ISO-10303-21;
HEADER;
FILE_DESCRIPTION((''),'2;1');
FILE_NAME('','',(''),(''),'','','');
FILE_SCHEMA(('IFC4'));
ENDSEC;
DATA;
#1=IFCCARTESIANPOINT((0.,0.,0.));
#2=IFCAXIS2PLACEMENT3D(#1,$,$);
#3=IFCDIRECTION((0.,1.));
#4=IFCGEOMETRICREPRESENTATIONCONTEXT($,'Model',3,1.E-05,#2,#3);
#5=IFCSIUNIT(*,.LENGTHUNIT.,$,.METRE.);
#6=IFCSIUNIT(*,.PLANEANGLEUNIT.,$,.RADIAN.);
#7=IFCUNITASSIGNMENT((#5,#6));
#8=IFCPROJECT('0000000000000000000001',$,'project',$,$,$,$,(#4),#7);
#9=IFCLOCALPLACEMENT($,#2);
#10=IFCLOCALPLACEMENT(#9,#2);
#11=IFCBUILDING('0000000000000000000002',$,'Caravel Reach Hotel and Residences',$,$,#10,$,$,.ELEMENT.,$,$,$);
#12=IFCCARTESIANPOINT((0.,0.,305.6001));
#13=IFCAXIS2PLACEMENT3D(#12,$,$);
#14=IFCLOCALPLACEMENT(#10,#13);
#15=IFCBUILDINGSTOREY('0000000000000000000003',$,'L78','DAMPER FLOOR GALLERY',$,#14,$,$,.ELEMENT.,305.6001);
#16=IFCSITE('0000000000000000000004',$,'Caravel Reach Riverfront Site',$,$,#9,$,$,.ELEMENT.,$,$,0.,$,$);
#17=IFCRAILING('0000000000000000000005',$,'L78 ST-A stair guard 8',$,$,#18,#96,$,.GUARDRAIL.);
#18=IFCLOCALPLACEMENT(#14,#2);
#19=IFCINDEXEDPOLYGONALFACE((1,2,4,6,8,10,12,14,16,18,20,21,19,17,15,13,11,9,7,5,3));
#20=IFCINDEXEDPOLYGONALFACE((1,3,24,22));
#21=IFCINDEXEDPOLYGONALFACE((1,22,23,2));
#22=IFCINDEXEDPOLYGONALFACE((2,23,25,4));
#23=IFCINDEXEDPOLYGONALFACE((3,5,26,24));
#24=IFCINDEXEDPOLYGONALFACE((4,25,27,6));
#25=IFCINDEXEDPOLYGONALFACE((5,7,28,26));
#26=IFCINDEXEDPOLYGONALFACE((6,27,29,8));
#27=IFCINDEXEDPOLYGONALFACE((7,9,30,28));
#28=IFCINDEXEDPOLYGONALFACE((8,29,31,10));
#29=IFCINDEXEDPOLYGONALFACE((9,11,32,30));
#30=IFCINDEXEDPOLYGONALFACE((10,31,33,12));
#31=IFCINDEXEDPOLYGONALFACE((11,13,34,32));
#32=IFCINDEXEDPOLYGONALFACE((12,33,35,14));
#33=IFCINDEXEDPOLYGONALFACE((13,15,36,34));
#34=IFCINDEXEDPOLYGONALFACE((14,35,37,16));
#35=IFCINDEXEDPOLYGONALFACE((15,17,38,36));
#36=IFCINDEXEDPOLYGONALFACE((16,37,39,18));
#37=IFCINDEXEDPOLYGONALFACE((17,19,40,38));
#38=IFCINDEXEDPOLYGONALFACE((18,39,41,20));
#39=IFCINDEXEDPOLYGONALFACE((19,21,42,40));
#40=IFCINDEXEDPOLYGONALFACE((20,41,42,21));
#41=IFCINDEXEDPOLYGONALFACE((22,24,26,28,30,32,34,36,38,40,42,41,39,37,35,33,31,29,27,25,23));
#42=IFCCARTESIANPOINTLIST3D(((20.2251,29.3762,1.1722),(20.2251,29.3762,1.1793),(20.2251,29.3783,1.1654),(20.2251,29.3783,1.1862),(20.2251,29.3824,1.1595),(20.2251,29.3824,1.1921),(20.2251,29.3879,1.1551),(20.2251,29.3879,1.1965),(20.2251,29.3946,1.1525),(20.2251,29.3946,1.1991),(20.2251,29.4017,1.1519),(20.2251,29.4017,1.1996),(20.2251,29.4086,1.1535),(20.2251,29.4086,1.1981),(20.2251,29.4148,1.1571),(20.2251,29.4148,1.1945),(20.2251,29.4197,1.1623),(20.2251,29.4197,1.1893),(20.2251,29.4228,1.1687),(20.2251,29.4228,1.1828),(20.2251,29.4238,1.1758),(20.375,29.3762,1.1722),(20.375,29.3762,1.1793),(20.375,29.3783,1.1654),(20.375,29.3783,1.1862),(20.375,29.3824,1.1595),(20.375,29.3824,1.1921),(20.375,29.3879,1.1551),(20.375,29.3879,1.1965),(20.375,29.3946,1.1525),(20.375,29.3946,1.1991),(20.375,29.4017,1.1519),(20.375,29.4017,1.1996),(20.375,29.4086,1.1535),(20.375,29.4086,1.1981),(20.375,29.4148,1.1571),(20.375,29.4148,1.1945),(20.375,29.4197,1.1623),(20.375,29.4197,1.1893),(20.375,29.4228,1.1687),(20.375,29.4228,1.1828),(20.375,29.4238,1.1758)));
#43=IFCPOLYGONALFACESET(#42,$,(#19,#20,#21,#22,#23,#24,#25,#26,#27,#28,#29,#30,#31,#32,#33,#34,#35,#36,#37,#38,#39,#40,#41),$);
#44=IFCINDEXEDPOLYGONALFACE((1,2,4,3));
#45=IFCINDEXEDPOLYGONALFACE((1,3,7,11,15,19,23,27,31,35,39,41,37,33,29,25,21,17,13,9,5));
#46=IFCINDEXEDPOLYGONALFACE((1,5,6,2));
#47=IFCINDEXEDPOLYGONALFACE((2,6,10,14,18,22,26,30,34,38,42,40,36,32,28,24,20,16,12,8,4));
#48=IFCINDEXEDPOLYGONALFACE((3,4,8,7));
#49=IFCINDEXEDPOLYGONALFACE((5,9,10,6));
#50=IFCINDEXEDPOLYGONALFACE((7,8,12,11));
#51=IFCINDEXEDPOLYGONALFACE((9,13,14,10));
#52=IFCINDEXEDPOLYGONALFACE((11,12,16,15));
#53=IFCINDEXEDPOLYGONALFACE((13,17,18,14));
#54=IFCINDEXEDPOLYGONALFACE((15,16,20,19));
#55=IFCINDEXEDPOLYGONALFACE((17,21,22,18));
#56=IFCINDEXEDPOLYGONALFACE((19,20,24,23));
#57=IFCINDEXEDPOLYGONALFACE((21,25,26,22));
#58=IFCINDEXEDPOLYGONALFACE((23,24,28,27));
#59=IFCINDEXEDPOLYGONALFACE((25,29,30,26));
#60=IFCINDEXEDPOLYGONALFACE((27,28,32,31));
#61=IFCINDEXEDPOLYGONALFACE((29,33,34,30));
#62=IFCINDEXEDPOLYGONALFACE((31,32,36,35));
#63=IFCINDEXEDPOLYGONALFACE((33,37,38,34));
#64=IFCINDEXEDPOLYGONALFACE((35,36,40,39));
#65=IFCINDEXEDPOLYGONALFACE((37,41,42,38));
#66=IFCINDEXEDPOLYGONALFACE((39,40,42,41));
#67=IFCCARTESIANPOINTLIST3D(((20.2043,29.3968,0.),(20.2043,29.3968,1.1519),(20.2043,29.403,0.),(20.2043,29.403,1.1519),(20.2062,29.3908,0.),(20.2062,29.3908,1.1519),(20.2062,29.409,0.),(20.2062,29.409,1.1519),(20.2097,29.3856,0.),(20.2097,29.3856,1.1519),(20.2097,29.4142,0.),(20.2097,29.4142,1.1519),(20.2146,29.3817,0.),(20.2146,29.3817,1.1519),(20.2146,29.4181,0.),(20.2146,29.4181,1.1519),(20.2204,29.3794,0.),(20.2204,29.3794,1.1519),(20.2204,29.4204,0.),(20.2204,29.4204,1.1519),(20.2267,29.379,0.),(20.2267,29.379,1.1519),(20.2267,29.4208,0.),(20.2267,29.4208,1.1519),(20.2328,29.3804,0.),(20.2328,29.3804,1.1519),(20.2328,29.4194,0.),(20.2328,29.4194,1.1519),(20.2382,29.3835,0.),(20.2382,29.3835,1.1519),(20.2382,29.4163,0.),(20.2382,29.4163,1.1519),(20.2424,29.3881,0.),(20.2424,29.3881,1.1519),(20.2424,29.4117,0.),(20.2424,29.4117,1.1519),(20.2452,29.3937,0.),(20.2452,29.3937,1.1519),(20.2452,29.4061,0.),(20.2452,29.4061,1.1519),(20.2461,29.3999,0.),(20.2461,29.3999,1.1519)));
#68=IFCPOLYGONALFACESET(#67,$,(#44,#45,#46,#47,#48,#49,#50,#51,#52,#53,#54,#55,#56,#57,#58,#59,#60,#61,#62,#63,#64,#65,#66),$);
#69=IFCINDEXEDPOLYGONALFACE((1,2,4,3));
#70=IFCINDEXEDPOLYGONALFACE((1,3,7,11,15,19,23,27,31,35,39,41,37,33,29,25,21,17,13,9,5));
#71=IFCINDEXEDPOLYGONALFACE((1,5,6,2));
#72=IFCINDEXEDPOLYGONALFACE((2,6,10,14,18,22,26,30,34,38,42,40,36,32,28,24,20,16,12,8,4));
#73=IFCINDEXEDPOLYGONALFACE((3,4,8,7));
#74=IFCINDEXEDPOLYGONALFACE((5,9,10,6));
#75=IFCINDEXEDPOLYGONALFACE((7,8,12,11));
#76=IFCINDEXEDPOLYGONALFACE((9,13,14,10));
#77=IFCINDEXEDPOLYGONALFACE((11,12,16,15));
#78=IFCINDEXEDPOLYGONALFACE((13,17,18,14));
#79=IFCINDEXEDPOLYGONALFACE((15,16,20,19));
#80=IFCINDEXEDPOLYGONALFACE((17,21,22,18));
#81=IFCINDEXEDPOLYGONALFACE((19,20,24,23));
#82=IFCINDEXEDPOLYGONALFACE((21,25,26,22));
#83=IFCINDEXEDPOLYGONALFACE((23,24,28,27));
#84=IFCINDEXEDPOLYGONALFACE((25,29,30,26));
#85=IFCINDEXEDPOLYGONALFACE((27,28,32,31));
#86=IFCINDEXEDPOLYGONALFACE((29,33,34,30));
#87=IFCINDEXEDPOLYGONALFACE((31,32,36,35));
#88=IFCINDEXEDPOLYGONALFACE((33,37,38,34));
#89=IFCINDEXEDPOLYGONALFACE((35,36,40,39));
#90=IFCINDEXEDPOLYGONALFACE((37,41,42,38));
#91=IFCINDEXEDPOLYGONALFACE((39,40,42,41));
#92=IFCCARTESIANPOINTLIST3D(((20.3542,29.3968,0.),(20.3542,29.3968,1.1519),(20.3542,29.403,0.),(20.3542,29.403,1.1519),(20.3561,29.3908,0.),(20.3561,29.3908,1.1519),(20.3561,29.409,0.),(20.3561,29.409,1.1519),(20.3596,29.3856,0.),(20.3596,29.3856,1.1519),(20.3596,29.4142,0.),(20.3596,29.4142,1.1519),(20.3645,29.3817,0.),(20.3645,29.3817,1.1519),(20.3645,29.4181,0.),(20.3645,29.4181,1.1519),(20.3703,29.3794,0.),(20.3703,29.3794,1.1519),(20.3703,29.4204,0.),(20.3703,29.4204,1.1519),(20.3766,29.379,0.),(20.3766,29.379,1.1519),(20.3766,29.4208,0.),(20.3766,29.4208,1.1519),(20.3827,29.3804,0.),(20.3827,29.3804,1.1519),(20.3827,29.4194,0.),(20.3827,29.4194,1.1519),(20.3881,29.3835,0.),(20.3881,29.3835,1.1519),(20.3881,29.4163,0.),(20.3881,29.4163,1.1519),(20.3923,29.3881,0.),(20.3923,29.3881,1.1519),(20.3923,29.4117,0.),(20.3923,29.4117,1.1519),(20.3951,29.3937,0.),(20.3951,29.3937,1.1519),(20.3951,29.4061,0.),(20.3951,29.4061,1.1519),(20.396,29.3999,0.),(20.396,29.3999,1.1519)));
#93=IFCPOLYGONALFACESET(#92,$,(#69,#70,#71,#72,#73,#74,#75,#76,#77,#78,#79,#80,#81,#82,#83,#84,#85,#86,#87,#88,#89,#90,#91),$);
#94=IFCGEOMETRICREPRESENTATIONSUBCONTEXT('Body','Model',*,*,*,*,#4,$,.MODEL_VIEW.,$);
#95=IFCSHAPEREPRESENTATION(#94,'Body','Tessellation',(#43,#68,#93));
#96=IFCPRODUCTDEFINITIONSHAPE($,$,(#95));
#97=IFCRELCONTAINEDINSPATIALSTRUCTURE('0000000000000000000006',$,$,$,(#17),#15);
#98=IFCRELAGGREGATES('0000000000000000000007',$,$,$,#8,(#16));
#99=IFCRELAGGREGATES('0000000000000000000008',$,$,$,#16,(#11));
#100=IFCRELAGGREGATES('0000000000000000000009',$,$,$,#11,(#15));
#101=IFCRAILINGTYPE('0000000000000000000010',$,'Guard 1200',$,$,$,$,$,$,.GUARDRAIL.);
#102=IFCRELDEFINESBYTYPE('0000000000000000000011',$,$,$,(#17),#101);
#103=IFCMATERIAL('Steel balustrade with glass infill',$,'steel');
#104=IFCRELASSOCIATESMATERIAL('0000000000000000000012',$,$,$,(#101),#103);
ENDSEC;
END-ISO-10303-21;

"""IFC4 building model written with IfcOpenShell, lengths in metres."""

from ifc_helpers import new_model, si_unit, direction, frame, origin, origin_2d, place, context, subcontext, project, spatial, circle, extrude, material, type_object, element, save


model = new_model("IFC4")

# Units and contexts
model_context = context("Model", 3, precision=1e-05, world=origin(), true_north=direction((0.0, 1.0)))
body_context = subcontext(model_context, "Body", "Model", "MODEL_VIEW")
ifc_project = project(units=[si_unit("LENGTHUNIT", "METRE"), si_unit("PLANEANGLEUNIT", "RADIAN")], contexts=[model_context])

# Site, building, storey
site_placement = place(None, origin())
site = spatial("IfcSite", under=ifc_project, at=site_placement, Name="Caravel Reach Riverfront Site", CompositionType="ELEMENT", RefElevation=0.0)
building_placement = place(site_placement, origin())
building = spatial("IfcBuilding", under=site, at=building_placement, Name="Caravel Reach Hotel and Residences", CompositionType="ELEMENT")
storey_placement = place(building_placement, frame((0.0, 0.0, 305.6001)))
storey = spatial("IfcBuildingStorey", under=building, at=storey_placement, Name="L78", Description="DAMPER FLOOR GALLERY", CompositionType="ELEMENT", Elevation=305.6001)

# Railing
ifc_material_1 = material(Name="Steel balustrade with glass infill", Category="steel")
railing_type_1 = type_object("IfcRailingType", Name="Guard 1200", PredefinedType="GUARDRAIL", material=ifc_material_1)
railing_1_placement = place(storey_placement, frame((20.2251, 29.3999, 0.0)))
element("IfcRailing", 1, at=railing_1_placement, inside=storey, type_object=railing_type_1, Name="L78 ST-A stair guard 8", PredefinedType="GUARDRAIL", context=body_context, shape_type="SweptSolid", body=[
    extrude(circle(Radius=0.0239, at=origin_2d()), frame((0.0, 0.0, 1.1758), z_axis=(1.0, 0.0, 0.0), x_axis=(0.0, 1.0, 0.0)), (0.0, 0.0, 1.0), 0.1499),
    extrude(circle(Radius=0.021, at=origin_2d()), origin(), (0.0, 0.0, 1.0), 1.1519),
    extrude(circle(Radius=0.021, at=origin_2d()), frame((0.1499, 0.0, 0.0)), (0.0, 0.0, 1.0), 1.1519),
])

save(model, "model.ifc")
